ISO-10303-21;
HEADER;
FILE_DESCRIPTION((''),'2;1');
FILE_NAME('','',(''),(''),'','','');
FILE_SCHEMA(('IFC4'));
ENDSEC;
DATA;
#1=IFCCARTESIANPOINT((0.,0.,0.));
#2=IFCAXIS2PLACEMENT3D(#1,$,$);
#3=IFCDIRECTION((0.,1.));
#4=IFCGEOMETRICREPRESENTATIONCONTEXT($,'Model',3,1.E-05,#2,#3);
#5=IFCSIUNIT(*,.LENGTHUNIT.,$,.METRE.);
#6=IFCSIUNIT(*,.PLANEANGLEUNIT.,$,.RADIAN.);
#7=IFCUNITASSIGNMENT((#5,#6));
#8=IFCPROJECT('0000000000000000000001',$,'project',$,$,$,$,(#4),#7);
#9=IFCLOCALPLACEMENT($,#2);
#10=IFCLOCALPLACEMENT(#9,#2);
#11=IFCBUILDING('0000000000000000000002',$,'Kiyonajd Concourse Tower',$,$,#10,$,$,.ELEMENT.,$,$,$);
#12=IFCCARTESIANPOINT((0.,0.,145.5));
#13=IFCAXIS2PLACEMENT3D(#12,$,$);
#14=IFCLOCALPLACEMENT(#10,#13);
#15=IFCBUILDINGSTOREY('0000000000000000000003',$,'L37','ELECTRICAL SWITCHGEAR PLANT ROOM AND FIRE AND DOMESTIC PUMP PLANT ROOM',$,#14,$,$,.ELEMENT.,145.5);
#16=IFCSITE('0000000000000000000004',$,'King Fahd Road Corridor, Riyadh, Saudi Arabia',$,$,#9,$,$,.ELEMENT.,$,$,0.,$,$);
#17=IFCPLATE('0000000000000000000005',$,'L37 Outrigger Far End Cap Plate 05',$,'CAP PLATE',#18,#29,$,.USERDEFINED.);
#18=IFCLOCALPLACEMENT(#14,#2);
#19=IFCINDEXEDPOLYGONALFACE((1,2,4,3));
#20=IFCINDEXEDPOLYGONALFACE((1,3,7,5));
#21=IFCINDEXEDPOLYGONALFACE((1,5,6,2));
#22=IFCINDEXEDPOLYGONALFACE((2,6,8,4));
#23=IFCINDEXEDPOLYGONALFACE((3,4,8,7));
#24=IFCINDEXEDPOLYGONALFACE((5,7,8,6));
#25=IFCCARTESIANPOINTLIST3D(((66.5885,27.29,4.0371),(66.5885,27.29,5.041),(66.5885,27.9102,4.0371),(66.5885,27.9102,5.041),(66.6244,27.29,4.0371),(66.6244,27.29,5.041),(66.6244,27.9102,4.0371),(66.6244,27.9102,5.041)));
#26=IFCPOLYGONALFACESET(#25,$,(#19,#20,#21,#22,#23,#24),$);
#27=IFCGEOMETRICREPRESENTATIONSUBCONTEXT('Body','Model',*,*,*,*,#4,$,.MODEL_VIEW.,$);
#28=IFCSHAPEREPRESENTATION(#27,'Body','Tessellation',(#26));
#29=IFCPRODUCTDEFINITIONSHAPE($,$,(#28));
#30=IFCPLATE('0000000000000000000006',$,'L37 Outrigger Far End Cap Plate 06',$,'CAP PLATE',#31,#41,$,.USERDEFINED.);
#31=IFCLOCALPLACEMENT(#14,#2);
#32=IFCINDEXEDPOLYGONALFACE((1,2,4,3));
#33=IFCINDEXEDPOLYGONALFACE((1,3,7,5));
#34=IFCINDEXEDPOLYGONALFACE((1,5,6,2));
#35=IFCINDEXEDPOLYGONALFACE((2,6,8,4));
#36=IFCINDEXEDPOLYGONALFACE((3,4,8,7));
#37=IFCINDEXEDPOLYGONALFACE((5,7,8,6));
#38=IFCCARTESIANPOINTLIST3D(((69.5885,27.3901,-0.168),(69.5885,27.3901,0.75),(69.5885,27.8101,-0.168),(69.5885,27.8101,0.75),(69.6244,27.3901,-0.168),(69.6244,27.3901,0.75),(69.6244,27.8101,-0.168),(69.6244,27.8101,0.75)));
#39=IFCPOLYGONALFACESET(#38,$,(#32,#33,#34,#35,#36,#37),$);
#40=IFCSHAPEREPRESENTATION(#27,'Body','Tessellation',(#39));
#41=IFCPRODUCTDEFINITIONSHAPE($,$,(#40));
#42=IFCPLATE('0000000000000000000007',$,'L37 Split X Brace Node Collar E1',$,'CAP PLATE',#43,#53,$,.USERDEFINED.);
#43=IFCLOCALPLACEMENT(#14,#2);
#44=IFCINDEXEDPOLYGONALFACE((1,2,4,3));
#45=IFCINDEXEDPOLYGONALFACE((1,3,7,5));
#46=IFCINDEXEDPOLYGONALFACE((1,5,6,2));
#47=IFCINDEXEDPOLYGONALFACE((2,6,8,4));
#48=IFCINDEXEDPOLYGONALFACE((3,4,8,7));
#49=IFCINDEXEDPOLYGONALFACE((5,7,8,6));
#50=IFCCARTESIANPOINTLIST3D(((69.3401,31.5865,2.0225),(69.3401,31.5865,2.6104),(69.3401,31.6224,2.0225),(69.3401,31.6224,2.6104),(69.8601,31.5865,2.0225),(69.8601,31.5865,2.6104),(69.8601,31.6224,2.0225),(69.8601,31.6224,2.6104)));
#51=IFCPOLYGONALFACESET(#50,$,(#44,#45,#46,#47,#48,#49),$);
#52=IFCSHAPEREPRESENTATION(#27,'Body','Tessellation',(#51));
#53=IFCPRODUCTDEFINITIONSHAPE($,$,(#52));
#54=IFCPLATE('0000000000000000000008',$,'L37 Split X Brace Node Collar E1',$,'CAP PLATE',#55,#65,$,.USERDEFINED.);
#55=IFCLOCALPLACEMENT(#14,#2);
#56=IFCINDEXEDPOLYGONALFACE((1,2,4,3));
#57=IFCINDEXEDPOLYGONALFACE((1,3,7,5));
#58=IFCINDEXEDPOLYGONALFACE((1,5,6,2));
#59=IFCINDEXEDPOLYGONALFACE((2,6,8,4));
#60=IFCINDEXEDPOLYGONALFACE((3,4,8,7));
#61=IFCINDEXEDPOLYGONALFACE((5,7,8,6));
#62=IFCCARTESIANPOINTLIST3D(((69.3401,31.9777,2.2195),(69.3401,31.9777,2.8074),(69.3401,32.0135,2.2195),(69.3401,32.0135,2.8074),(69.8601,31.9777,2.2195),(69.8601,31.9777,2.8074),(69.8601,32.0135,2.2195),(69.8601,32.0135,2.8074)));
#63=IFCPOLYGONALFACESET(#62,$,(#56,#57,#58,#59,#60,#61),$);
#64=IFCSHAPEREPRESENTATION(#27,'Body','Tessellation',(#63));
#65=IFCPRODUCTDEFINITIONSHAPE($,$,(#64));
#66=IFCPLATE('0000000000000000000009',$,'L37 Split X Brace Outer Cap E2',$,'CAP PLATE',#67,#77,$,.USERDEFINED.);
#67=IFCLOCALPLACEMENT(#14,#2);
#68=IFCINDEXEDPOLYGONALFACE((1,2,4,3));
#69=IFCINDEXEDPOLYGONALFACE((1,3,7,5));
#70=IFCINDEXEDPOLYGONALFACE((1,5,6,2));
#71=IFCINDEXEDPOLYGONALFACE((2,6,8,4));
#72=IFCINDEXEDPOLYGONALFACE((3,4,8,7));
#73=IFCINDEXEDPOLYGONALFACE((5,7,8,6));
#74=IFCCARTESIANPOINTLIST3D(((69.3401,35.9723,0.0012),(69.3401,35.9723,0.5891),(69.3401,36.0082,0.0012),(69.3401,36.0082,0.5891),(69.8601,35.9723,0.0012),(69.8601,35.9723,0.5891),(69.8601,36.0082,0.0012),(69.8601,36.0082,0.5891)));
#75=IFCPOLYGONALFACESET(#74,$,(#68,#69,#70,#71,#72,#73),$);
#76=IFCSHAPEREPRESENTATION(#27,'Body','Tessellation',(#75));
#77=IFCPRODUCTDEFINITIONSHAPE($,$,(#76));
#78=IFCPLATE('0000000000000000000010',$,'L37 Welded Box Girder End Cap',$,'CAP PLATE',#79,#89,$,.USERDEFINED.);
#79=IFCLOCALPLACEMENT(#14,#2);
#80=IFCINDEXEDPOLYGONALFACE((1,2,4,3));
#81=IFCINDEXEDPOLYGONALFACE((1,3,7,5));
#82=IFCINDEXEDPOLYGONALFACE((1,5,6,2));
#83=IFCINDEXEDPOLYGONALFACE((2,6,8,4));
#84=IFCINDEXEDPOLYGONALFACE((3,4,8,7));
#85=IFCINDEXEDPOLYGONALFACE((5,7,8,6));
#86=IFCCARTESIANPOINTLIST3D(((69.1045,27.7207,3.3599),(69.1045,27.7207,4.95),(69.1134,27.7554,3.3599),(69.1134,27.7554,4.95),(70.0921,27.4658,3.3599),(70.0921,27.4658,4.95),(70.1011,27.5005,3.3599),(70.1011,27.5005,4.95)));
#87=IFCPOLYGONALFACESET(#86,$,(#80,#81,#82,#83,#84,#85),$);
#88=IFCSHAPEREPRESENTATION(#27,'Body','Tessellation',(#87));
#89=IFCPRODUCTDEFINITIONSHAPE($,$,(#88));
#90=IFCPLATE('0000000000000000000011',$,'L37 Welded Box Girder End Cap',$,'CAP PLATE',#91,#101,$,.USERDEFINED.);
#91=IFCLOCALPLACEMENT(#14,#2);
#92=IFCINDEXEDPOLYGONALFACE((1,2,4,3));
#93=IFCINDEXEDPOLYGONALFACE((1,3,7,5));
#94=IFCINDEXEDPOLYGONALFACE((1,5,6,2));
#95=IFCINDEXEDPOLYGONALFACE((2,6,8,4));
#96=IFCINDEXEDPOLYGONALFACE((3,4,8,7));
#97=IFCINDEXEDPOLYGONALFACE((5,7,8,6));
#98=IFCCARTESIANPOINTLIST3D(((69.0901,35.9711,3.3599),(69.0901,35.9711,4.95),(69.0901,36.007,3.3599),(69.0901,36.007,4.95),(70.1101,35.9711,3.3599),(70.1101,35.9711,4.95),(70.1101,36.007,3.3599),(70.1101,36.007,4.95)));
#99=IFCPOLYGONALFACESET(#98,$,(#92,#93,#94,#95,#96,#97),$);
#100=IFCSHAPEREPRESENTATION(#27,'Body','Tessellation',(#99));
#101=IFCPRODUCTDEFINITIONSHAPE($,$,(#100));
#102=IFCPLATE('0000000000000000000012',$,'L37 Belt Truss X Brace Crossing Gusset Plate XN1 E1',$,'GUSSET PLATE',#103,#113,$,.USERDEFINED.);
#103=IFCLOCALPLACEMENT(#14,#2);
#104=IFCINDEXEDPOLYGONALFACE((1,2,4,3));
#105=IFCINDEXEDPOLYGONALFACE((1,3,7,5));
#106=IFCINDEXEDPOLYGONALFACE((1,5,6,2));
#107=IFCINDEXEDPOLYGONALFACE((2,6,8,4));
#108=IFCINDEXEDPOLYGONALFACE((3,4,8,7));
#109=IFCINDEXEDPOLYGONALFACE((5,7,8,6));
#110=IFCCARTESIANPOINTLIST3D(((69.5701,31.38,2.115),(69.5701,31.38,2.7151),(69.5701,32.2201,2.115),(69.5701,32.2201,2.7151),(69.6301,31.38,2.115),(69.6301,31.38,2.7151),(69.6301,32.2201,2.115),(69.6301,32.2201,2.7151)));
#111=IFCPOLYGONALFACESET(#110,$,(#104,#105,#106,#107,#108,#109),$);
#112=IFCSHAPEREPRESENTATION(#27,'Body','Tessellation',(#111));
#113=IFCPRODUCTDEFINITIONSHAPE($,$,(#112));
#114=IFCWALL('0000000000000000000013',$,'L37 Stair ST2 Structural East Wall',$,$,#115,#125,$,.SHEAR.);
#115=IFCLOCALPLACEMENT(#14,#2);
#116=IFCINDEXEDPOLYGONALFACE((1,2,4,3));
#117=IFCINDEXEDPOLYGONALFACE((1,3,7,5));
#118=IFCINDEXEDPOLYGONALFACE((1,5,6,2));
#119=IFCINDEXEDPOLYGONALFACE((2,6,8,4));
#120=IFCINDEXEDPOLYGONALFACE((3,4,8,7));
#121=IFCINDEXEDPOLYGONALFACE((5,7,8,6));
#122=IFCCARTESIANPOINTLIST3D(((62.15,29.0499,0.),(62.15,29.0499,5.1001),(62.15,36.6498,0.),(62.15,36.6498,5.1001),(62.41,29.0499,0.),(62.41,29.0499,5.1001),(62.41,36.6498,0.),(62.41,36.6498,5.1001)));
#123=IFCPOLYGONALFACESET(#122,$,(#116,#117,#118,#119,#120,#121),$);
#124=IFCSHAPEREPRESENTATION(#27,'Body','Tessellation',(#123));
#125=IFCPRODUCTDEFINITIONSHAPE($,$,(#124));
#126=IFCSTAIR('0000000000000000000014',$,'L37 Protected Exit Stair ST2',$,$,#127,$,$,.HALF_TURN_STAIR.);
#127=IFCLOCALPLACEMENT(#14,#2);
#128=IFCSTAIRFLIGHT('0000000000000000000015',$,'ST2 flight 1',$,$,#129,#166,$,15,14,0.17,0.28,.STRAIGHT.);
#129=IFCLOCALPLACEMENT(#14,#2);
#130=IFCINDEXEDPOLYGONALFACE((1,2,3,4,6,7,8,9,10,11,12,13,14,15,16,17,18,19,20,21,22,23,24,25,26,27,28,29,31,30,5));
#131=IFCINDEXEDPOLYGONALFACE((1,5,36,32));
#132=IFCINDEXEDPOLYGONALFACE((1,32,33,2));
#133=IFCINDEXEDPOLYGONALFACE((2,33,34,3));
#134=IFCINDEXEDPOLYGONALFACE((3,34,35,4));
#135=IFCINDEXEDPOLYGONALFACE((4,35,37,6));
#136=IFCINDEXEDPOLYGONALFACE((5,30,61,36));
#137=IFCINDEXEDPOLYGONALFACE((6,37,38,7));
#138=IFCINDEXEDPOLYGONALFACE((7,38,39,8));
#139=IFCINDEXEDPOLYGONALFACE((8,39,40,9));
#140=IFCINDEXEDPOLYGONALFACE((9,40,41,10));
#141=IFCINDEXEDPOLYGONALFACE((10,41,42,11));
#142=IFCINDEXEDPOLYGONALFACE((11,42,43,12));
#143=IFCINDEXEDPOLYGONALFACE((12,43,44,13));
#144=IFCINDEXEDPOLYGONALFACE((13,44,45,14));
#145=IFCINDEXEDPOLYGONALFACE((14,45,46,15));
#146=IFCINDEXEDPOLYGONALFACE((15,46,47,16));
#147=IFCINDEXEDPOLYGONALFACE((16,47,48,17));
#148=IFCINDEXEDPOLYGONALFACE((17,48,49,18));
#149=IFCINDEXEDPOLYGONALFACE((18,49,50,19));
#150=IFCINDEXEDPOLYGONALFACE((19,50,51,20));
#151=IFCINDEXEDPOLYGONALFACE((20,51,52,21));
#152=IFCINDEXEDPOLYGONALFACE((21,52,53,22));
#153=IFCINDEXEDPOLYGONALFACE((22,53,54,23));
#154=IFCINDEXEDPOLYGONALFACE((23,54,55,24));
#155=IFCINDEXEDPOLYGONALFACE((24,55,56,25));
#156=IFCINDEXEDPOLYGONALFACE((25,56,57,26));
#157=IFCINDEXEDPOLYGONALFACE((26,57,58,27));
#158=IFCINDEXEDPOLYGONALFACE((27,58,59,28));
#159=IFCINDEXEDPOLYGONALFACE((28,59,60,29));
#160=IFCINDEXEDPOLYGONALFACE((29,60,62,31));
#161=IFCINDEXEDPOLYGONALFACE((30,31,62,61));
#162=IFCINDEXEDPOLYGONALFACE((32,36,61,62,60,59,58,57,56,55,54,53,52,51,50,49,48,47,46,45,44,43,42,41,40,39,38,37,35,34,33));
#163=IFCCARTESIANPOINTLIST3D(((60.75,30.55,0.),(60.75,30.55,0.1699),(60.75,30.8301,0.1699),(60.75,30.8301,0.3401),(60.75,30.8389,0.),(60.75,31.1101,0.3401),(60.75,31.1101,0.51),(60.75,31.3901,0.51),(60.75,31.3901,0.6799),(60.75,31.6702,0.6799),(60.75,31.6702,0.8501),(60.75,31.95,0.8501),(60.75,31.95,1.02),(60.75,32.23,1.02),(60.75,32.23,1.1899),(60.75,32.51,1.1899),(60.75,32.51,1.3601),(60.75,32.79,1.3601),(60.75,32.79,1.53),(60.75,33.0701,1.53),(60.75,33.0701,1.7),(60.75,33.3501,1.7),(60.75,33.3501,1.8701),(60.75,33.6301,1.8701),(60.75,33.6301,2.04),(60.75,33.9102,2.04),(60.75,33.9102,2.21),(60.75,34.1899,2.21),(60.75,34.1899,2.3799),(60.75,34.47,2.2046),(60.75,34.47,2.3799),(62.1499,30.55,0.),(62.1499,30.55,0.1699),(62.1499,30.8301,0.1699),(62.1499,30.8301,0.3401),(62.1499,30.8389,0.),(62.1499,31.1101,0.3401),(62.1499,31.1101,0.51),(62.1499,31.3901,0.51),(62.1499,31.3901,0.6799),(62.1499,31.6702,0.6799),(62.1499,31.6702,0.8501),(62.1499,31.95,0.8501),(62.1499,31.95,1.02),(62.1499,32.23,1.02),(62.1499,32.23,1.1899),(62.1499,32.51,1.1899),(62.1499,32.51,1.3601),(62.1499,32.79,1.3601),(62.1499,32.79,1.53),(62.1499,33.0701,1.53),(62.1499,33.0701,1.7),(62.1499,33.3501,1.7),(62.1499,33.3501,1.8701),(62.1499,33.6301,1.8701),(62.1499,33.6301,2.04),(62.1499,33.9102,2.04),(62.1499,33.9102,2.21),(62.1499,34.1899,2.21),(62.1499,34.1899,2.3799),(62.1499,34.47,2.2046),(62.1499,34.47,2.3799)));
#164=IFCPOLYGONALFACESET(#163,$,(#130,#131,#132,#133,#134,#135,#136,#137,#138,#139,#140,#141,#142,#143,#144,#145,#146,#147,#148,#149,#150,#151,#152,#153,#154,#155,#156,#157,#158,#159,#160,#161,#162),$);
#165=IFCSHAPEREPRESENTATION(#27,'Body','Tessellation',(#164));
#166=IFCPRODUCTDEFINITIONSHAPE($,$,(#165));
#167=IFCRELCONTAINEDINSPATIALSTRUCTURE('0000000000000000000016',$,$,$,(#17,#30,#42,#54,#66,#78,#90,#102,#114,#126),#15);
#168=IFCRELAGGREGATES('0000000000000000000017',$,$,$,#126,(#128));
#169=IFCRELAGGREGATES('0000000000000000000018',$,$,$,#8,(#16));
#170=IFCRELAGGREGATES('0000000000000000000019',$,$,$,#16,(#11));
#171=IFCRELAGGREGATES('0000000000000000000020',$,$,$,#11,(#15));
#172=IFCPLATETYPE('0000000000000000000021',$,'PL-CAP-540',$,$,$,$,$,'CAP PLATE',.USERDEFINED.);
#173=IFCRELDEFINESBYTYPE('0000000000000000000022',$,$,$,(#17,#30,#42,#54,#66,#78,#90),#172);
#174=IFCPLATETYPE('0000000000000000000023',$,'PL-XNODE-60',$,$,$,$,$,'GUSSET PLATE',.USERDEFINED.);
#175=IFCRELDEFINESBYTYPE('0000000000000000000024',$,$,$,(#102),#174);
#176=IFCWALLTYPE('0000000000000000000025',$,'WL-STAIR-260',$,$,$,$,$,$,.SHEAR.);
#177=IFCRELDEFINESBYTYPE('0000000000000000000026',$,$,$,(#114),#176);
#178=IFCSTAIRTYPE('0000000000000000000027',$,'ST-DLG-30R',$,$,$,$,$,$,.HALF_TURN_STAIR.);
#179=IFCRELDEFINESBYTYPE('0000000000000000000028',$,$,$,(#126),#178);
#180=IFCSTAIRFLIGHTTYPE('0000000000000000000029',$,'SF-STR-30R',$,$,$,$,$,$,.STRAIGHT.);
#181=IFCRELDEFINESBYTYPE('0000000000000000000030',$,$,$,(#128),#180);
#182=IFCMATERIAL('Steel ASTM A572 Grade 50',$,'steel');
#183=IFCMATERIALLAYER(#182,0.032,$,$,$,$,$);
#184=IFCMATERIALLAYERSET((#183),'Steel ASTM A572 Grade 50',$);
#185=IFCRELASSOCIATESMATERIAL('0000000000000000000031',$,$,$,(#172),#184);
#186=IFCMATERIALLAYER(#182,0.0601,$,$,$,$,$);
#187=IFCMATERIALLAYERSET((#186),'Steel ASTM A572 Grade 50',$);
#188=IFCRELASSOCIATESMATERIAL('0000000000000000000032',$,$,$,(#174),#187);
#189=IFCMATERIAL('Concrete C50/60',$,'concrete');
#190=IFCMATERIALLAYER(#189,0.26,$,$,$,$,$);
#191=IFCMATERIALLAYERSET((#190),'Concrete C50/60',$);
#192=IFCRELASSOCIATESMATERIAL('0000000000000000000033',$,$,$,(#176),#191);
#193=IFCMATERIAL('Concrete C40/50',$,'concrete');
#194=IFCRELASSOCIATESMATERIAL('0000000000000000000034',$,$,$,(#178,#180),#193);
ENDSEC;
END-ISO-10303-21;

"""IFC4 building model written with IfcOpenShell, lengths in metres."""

from ifc_helpers import new_model, si_unit, direction, frame, frame_2d, origin, origin_2d, place, context, subcontext, project, spatial, polyline, rectangle, outline, extrude, material, layer, layer_set, type_object, element, aggregate, save


model = new_model("IFC4")

# Units and contexts
model_context = context("Model", 3, precision=1e-05, world=origin(), true_north=direction((0.0, 1.0)))
body_context = subcontext(model_context, "Body", "Model", "MODEL_VIEW")
ifc_project = project(units=[si_unit("LENGTHUNIT", "METRE"), si_unit("PLANEANGLEUNIT", "RADIAN")], contexts=[model_context])

# Site, building, storey
site_placement = place(None, origin())
site = spatial("IfcSite", under=ifc_project, at=site_placement, Name="King Fahd Road Corridor, Riyadh, Saudi Arabia", CompositionType="ELEMENT", RefElevation=0.0)
building_placement = place(site_placement, origin())
building = spatial("IfcBuilding", under=site, at=building_placement, Name="Kiyonajd Concourse Tower", CompositionType="ELEMENT")
storey_placement = place(building_placement, frame((0.0, 0.0, 145.5)))
storey = spatial("IfcBuildingStorey", under=building, at=storey_placement, Name="L37", Description="ELECTRICAL SWITCHGEAR PLANT ROOM AND FIRE AND DOMESTIC PUMP PLANT ROOM", CompositionType="ELEMENT", Elevation=145.5)

# Shared definitions
ifc_material_1 = material(Name="Steel ASTM A572 Grade 50", Category="steel")

# Plates
ifc_layer_1 = layer(ifc_material_1, 0.032)
ifc_layer_set_1 = layer_set([ifc_layer_1], Name="Steel ASTM A572 Grade 50")
plate_type_1 = type_object("IfcPlateType", Name="PL-CAP-540", ElementType="CAP PLATE", PredefinedType="USERDEFINED", material=ifc_layer_set_1)
plate_1_placement = place(storey_placement, frame((66.6064, 27.6001, 4.0371), z_axis=(0.0, 0.0, 1.0), x_axis=(1.0, 0.0, 0.0)))
element("IfcPlate", 1, at=plate_1_placement, inside=storey, type_object=plate_type_1, Name="L37 Outrigger Far End Cap Plate 05", ObjectType="CAP PLATE", PredefinedType="USERDEFINED", context=body_context, shape_type="SweptSolid", body=[
    extrude(rectangle(XDim=0.0359, YDim=0.6201, at=origin_2d()), origin(), (0.0, 0.0, 1.0), 1.0039),
])
plate_2_placement = place(storey_placement, frame((69.6064, 27.6001, -0.168), z_axis=(0.0, 0.0, 1.0), x_axis=(1.0, 0.0, 0.0)))
element("IfcPlate", 2, at=plate_2_placement, inside=storey, type_object=plate_type_1, Name="L37 Outrigger Far End Cap Plate 06", ObjectType="CAP PLATE", PredefinedType="USERDEFINED", context=body_context, shape_type="SweptSolid", body=[
    extrude(rectangle(XDim=0.0359, YDim=0.4199, at=origin_2d()), origin(), (0.0, 0.0, 1.0), 0.918),
])
for number, where, z_axis, x_axis, name in (
    (3, (69.6001, 31.6045, 2.0225), (0.0, 0.0, 1.0), (0.0, 1.0, 0.0), "L37 Split X Brace Node Collar E1"),
    (4, (69.6001, 31.9956, 2.2195), (0.0, 0.0, 1.0), (0.0, -1.0, 0.0), "L37 Split X Brace Node Collar E1"),
    (5, (69.6001, 35.9902, 0.0012), (0.0, 0.0, 1.0), (0.0, -1.0, 0.0), "L37 Split X Brace Outer Cap E2"),
):
    element("IfcPlate", number, at=place(storey_placement, frame(where, z_axis=z_axis, x_axis=x_axis)), inside=storey, type_object=plate_type_1, Name=name, ObjectType="CAP PLATE", PredefinedType="USERDEFINED", context=body_context, shape_type="SweptSolid", body=[
        extrude(rectangle(XDim=0.0359, YDim=0.52, at=origin_2d()), origin(), (0.0, 0.0, 1.0), 0.5879),
    ])
for number, where, z_axis, x_axis, name in (
    (6, (69.6028, 27.6106, 3.3599), (0.0, 0.0, 1.0), (0.249873, 0.968279, 0.0), "L37 Welded Box Girder End Cap"),
    (7, (69.6001, 35.989, 3.3599), (0.0, 0.0, 1.0), (0.0, -1.0, 0.0), "L37 Welded Box Girder End Cap"),
):
    element("IfcPlate", number, at=place(storey_placement, frame(where, z_axis=z_axis, x_axis=x_axis)), inside=storey, type_object=plate_type_1, Name=name, ObjectType="CAP PLATE", PredefinedType="USERDEFINED", context=body_context, shape_type="SweptSolid", body=[
        extrude(rectangle(XDim=0.0359, YDim=1.02, at=origin_2d()), origin(), (0.0, 0.0, 1.0), 1.5901),
    ])
ifc_layer_2 = layer(ifc_material_1, 0.0601)
ifc_layer_set_2 = layer_set([ifc_layer_2], Name="Steel ASTM A572 Grade 50")
plate_type_2 = type_object("IfcPlateType", Name="PL-XNODE-60", ElementType="GUSSET PLATE", PredefinedType="USERDEFINED", material=ifc_layer_set_2)
plate_3_placement = place(storey_placement, frame((69.6001, 31.8, 2.115), z_axis=(0.0, 0.0, 1.0), x_axis=(1.0, 0.0, 0.0)))
element("IfcPlate", 8, at=plate_3_placement, inside=storey, type_object=plate_type_2, Name="L37 Belt Truss X Brace Crossing Gusset Plate XN1 E1", ObjectType="GUSSET PLATE", PredefinedType="USERDEFINED", context=body_context, shape_type="SweptSolid", body=[
    extrude(rectangle(XDim=0.0601, YDim=0.8401, at=origin_2d()), origin(), (0.0, 0.0, 1.0), 0.6001),
])

# Wall
ifc_material_2 = material(Name="Concrete C50/60", Category="concrete")
ifc_layer_3 = layer(ifc_material_2, 0.26)
ifc_layer_set_3 = layer_set([ifc_layer_3], Name="Concrete C50/60")
wall_type = type_object("IfcWallType", Name="WL-STAIR-260", PredefinedType="SHEAR", material=ifc_layer_set_3)
wall_placement = place(storey_placement, frame((62.28, 29.05, 0.0), z_axis=(0.0, 0.0, 1.0), x_axis=(0.0, 1.0, 0.0)))
element("IfcWall", 9, at=wall_placement, inside=storey, type_object=wall_type, Name="L37 Stair ST2 Structural East Wall", PredefinedType="SHEAR", context=body_context, shape_type="SweptSolid", body=[
    extrude(rectangle(XDim=7.5999, YDim=0.26, at=frame_2d((3.7998, 0.0))), origin(), (0.0, 0.0, 1.0), 5.1001),
])

# Stair, stair flight
ifc_material_3 = material(Name="Concrete C40/50", Category="concrete")
stair_type = type_object("IfcStairType", Name="ST-DLG-30R", PredefinedType="HALF_TURN_STAIR", material=ifc_material_3)
stair_placement = place(storey_placement, origin())
stair = element("IfcStair", 10, at=stair_placement, inside=storey, type_object=stair_type, Name="L37 Protected Exit Stair ST2", PredefinedType="HALF_TURN_STAIR")
stair_flight_type = type_object("IfcStairFlightType", Name="SF-STR-30R", PredefinedType="STRAIGHT", material=ifc_material_3)
stair_flight_placement = place(storey_placement, frame((61.45, 30.55, 0.0), z_axis=(0.0, 0.0, 1.0), x_axis=(0.0, 1.0, 0.0)))
stair_flight = element("IfcStairFlight", 11, at=stair_flight_placement, type_object=stair_flight_type, Name="ST2 flight 1", NumberOfRisers=15, NumberOfTreads=14, PredefinedType="STRAIGHT", RiserHeight=0.17, TreadLength=0.28, context=body_context, shape_type="SweptSolid", body=[
    extrude(outline(polyline([(0.0, 0.0), (0.0, 0.1699), (0.28, 0.1699), (0.28, 0.3401), (0.5601, 0.3401), (0.5601, 0.51), (0.8401, 0.51), (0.8401, 0.6799), (1.1201, 0.6799), (1.1201, 0.8501), (1.3999, 0.8501), (1.3999, 1.02), (1.6799, 1.02), (1.6799, 1.1899), (1.96, 1.1899), (1.96, 1.3601), (2.24, 1.3601), (2.24, 1.53), (2.52, 1.53), (2.52, 1.7), (2.8, 1.7), (2.8, 1.8701), (3.0801, 1.8701), (3.0801, 2.04), (3.3601, 2.04), (3.3601, 2.21), (3.6399, 2.21), (3.6399, 2.3799), (3.9199, 2.3799), (3.9199, 2.55), (3.9199, 2.2046), (0.2888, 0.0), (0.0, 0.0)])), frame((0.0, 0.7, 0.0), z_axis=(0.0, -1.0, 0.0), x_axis=(1.0, 0.0, 0.0)), (0.0, 0.0, 1.0), 1.3999),
])
aggregate(stair, [stair_flight])

save(model, "model.ifc")
